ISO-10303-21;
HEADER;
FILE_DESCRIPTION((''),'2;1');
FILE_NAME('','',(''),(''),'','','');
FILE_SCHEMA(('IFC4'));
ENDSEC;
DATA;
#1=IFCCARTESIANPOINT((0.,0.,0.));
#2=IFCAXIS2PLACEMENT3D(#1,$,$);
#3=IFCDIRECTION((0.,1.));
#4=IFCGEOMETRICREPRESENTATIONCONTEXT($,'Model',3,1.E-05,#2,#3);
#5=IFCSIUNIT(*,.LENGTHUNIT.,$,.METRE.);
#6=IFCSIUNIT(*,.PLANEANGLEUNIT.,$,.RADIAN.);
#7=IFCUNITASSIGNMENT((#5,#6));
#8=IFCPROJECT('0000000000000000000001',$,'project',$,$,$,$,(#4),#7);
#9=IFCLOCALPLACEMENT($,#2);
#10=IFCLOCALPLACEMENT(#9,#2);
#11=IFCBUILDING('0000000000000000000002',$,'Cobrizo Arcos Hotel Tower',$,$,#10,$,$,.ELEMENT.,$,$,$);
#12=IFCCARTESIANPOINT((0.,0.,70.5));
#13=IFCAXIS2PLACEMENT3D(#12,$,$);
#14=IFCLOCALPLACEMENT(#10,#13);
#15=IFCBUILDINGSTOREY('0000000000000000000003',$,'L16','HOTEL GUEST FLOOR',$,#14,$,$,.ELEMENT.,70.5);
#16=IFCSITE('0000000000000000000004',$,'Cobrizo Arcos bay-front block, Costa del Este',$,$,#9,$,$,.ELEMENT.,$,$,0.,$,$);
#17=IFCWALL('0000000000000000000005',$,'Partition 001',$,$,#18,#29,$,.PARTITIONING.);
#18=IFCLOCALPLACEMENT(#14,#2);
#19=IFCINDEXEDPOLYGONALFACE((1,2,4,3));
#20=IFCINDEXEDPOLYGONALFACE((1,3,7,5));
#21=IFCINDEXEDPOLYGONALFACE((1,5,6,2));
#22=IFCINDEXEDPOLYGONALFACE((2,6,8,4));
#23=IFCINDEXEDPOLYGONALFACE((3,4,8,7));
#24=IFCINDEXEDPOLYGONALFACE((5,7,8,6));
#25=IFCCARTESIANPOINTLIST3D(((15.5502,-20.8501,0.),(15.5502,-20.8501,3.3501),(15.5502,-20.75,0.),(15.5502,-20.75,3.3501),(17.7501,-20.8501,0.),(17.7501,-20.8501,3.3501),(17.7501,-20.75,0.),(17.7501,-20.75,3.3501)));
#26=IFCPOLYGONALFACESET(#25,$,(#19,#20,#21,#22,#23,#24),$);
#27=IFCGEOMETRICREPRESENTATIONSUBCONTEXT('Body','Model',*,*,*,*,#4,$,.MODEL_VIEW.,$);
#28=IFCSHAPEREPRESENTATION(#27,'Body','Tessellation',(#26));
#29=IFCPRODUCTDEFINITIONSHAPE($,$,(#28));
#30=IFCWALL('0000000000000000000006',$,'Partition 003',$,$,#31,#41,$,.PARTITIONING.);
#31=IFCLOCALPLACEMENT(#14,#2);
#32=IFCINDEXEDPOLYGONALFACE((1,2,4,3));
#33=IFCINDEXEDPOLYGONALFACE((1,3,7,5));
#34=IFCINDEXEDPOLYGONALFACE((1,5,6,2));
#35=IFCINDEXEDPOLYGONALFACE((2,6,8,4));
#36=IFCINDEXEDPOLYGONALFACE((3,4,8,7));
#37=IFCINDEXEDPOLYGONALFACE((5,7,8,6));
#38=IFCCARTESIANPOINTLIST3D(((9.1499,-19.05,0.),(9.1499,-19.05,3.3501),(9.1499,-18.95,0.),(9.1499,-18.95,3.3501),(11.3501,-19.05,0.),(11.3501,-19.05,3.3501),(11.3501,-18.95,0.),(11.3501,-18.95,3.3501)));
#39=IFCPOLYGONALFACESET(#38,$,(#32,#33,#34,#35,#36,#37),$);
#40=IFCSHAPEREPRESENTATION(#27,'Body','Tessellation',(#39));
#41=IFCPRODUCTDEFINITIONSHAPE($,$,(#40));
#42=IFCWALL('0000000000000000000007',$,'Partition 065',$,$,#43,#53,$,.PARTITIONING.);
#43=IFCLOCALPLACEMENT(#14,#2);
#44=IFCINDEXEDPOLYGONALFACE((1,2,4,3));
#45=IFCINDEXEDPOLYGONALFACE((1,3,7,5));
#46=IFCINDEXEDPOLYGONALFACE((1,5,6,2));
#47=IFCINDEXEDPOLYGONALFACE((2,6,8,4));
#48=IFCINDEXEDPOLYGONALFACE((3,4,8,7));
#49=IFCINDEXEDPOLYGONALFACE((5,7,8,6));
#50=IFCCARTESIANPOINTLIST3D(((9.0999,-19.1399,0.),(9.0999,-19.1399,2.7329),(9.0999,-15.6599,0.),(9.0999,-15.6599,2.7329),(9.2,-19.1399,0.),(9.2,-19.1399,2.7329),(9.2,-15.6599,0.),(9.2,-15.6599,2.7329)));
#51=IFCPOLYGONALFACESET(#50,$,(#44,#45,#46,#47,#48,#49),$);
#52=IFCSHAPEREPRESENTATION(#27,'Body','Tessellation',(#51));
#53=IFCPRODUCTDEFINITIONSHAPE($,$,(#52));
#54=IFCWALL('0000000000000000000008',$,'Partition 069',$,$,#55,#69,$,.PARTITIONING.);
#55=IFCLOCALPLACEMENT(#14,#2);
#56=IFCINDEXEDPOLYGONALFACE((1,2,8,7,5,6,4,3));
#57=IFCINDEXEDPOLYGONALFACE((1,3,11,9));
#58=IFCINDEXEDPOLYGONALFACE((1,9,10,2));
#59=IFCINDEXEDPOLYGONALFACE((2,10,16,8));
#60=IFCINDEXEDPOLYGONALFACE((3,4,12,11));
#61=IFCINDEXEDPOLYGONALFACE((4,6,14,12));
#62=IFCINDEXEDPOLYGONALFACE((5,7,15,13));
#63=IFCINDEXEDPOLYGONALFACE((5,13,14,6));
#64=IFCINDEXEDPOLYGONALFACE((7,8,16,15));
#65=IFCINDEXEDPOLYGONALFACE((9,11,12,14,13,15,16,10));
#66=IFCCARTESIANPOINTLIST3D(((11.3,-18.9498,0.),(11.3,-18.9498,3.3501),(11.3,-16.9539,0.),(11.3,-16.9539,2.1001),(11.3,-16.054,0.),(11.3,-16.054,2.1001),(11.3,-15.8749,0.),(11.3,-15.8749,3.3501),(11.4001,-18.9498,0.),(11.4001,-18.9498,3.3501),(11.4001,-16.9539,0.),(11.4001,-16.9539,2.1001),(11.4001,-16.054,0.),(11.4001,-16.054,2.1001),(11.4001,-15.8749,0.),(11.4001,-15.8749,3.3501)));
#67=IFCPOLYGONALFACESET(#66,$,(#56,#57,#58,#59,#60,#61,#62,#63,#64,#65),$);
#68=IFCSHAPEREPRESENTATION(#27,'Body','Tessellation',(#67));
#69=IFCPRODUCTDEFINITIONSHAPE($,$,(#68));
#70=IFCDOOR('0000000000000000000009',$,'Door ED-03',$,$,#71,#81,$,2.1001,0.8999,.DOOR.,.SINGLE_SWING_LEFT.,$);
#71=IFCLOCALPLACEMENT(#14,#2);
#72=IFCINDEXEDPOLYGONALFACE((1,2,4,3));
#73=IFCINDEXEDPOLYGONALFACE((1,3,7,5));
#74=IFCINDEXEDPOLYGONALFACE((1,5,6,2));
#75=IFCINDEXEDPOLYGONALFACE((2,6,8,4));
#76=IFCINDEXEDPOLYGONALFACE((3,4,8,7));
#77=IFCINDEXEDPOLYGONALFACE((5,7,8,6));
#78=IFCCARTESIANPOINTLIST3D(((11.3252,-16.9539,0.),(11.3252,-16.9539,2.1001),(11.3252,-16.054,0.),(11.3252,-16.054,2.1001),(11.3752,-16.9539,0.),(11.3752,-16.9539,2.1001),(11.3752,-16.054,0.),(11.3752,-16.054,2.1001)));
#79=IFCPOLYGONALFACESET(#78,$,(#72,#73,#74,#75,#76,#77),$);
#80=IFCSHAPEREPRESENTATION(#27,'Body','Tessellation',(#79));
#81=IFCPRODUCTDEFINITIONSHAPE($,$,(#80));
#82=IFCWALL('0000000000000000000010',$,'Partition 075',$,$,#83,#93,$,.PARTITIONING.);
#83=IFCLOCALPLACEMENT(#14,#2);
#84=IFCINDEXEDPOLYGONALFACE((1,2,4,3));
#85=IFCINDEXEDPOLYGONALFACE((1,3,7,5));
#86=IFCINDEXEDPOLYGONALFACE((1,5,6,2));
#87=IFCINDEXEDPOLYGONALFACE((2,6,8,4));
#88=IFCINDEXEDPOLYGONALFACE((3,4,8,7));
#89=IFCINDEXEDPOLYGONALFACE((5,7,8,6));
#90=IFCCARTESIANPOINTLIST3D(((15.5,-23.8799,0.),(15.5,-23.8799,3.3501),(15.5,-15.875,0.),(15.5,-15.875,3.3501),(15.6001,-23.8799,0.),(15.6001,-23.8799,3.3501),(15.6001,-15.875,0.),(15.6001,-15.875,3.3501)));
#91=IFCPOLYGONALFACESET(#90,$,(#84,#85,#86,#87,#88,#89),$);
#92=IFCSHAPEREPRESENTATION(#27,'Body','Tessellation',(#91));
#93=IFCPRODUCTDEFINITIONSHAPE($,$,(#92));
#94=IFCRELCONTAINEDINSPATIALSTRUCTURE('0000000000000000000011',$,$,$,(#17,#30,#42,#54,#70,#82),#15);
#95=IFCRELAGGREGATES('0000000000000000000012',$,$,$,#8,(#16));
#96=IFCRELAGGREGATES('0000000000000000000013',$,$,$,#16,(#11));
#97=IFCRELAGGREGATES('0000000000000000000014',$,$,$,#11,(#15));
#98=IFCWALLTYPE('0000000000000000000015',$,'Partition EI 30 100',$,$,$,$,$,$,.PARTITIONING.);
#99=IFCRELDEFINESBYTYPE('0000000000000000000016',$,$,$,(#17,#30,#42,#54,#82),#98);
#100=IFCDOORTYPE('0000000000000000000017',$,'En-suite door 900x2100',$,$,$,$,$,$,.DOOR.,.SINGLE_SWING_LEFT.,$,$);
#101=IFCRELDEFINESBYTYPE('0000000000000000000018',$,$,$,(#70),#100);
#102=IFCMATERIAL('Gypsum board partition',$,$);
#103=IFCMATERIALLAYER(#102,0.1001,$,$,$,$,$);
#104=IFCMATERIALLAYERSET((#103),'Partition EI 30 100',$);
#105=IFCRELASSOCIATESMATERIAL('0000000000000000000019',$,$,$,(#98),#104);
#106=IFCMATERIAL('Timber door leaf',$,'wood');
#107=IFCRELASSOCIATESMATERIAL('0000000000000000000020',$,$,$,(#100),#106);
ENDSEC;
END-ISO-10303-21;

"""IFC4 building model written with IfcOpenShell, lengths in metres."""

from ifc_helpers import new_model, si_unit, direction, frame, frame_2d, origin, place, context, subcontext, project, spatial, rectangle, extrude, material, layer, layer_set, type_object, element, fill, save


model = new_model("IFC4")

# Units and contexts
model_context = context("Model", 3, precision=1e-05, world=origin(), true_north=direction((0.0, 1.0)))
body_context = subcontext(model_context, "Body", "Model", "MODEL_VIEW")
ifc_project = project(units=[si_unit("LENGTHUNIT", "METRE"), si_unit("PLANEANGLEUNIT", "RADIAN")], contexts=[model_context])

# Site, building, storey
site_placement = place(None, origin())
site = spatial("IfcSite", under=ifc_project, at=site_placement, Name="Cobrizo Arcos bay-front block, Costa del Este", CompositionType="ELEMENT", RefElevation=0.0)
building_placement = place(site_placement, origin())
building = spatial("IfcBuilding", under=site, at=building_placement, Name="Cobrizo Arcos Hotel Tower", CompositionType="ELEMENT")
storey_placement = place(building_placement, frame((0.0, 0.0, 70.5)))
storey = spatial("IfcBuildingStorey", under=building, at=storey_placement, Name="L16", Description="HOTEL GUEST FLOOR", CompositionType="ELEMENT", Elevation=70.5)

# Walls
ifc_material_1 = material(Name="Gypsum board partition")
ifc_layer_1 = layer(ifc_material_1, 0.1001)
ifc_layer_set_1 = layer_set([ifc_layer_1], Name="Partition EI 30 100")
wall_type = type_object("IfcWallType", Name="Partition EI 30 100", PredefinedType="PARTITIONING", material=ifc_layer_set_1)
wall_1_placement = place(storey_placement, frame((15.55, -20.8, 0.0), z_axis=(0.0, 0.0, 1.0), x_axis=(1.0, 0.0, 0.0)))
element("IfcWall", 1, at=wall_1_placement, inside=storey, type_object=wall_type, Name="Partition 001", PredefinedType="PARTITIONING", context=body_context, shape_type="SweptSolid", body=[
    extrude(rectangle(XDim=2.2, YDim=0.1001, at=frame_2d((1.1001, 0.0))), origin(), (0.0, 0.0, 1.0), 3.3501),
])
wall_2_placement = place(storey_placement, frame((9.1499, -19.0, 0.0), z_axis=(0.0, 0.0, 1.0), x_axis=(1.0, 0.0, 0.0)))
element("IfcWall", 2, at=wall_2_placement, inside=storey, type_object=wall_type, Name="Partition 003", PredefinedType="PARTITIONING", context=body_context, shape_type="SweptSolid", body=[
    extrude(rectangle(XDim=2.2002, YDim=0.1001, at=frame_2d((1.1001, 0.0))), origin(), (0.0, 0.0, 1.0), 3.3501),
])
wall_3_placement = place(storey_placement, frame((9.1499, -19.1399, 0.0), z_axis=(0.0, 0.0, 1.0), x_axis=(0.0, 1.0, 0.0)))
element("IfcWall", 3, at=wall_3_placement, inside=storey, type_object=wall_type, Name="Partition 065", PredefinedType="PARTITIONING", context=body_context, shape_type="SweptSolid", body=[
    extrude(rectangle(XDim=3.48, YDim=0.1001, at=frame_2d((1.74, 0.0))), origin(), (0.0, 0.0, 1.0), 2.7329),
])

# Wall, opening, door
wall_4_placement = place(storey_placement, frame((11.3501, -18.95, 0.0), z_axis=(0.0, 0.0, 1.0), x_axis=(0.0, 1.0, 0.0)))
wall_4 = element("IfcWall", 4, at=wall_4_placement, inside=storey, type_object=wall_type, Name="Partition 069", PredefinedType="PARTITIONING", context=body_context, shape_type="SweptSolid", body=[
    extrude(rectangle(XDim=3.075, YDim=0.1001, at=frame_2d((1.5376, 0.0))), origin(), (0.0, 0.0, 1.0), 3.3501),
])
opening_placement = place(wall_4_placement, frame((1.9961, 0.0, 0.0)))
opening = element("IfcOpeningElement", 5, at=opening_placement, cuts=wall_4, PredefinedType="OPENING", context=body_context, shape_type="SweptSolid", body=[
    extrude(rectangle(XDim=0.8999, YDim=2.1001, at=frame_2d((0.45, 1.05))), frame((0.0, 0.062, 0.0), z_axis=(0.0, -1.0, 0.0), x_axis=(1.0, 0.0, 0.0)), (0.0, 0.0, 1.0), 0.124),
])
ifc_material_2 = material(Name="Timber door leaf", Category="wood")
door_type = type_object("IfcDoorType", Name="En-suite door 900x2100", OperationType="SINGLE_SWING_LEFT", PredefinedType="DOOR", material=ifc_material_2)
door_placement = place(opening_placement, origin())
door = element("IfcDoor", 6, at=door_placement, inside=storey, type_object=door_type, Name="Door ED-03", OperationType="SINGLE_SWING_LEFT", OverallHeight=2.1001, OverallWidth=0.8999, PredefinedType="DOOR", context=body_context, shape_type="SweptSolid", body=[
    extrude(rectangle(XDim=0.8999, YDim=2.1001, at=frame_2d((0.45, 1.05))), frame((0.0, 0.0249, 0.0), z_axis=(0.0, -1.0, 0.0), x_axis=(1.0, 0.0, 0.0)), (0.0, 0.0, 1.0), 0.05),
])
fill(opening, door)

# Wall
wall_5_placement = place(storey_placement, frame((15.55, -23.8799, 0.0), z_axis=(0.0, 0.0, 1.0), x_axis=(0.0, 1.0, 0.0)))
element("IfcWall", 7, at=wall_5_placement, inside=storey, type_object=wall_type, Name="Partition 075", PredefinedType="PARTITIONING", context=body_context, shape_type="SweptSolid", body=[
    extrude(rectangle(XDim=8.0049, YDim=0.1001, at=frame_2d((4.0024, 0.0))), origin(), (0.0, 0.0, 1.0), 3.3501),
])

save(model, "model.ifc")
